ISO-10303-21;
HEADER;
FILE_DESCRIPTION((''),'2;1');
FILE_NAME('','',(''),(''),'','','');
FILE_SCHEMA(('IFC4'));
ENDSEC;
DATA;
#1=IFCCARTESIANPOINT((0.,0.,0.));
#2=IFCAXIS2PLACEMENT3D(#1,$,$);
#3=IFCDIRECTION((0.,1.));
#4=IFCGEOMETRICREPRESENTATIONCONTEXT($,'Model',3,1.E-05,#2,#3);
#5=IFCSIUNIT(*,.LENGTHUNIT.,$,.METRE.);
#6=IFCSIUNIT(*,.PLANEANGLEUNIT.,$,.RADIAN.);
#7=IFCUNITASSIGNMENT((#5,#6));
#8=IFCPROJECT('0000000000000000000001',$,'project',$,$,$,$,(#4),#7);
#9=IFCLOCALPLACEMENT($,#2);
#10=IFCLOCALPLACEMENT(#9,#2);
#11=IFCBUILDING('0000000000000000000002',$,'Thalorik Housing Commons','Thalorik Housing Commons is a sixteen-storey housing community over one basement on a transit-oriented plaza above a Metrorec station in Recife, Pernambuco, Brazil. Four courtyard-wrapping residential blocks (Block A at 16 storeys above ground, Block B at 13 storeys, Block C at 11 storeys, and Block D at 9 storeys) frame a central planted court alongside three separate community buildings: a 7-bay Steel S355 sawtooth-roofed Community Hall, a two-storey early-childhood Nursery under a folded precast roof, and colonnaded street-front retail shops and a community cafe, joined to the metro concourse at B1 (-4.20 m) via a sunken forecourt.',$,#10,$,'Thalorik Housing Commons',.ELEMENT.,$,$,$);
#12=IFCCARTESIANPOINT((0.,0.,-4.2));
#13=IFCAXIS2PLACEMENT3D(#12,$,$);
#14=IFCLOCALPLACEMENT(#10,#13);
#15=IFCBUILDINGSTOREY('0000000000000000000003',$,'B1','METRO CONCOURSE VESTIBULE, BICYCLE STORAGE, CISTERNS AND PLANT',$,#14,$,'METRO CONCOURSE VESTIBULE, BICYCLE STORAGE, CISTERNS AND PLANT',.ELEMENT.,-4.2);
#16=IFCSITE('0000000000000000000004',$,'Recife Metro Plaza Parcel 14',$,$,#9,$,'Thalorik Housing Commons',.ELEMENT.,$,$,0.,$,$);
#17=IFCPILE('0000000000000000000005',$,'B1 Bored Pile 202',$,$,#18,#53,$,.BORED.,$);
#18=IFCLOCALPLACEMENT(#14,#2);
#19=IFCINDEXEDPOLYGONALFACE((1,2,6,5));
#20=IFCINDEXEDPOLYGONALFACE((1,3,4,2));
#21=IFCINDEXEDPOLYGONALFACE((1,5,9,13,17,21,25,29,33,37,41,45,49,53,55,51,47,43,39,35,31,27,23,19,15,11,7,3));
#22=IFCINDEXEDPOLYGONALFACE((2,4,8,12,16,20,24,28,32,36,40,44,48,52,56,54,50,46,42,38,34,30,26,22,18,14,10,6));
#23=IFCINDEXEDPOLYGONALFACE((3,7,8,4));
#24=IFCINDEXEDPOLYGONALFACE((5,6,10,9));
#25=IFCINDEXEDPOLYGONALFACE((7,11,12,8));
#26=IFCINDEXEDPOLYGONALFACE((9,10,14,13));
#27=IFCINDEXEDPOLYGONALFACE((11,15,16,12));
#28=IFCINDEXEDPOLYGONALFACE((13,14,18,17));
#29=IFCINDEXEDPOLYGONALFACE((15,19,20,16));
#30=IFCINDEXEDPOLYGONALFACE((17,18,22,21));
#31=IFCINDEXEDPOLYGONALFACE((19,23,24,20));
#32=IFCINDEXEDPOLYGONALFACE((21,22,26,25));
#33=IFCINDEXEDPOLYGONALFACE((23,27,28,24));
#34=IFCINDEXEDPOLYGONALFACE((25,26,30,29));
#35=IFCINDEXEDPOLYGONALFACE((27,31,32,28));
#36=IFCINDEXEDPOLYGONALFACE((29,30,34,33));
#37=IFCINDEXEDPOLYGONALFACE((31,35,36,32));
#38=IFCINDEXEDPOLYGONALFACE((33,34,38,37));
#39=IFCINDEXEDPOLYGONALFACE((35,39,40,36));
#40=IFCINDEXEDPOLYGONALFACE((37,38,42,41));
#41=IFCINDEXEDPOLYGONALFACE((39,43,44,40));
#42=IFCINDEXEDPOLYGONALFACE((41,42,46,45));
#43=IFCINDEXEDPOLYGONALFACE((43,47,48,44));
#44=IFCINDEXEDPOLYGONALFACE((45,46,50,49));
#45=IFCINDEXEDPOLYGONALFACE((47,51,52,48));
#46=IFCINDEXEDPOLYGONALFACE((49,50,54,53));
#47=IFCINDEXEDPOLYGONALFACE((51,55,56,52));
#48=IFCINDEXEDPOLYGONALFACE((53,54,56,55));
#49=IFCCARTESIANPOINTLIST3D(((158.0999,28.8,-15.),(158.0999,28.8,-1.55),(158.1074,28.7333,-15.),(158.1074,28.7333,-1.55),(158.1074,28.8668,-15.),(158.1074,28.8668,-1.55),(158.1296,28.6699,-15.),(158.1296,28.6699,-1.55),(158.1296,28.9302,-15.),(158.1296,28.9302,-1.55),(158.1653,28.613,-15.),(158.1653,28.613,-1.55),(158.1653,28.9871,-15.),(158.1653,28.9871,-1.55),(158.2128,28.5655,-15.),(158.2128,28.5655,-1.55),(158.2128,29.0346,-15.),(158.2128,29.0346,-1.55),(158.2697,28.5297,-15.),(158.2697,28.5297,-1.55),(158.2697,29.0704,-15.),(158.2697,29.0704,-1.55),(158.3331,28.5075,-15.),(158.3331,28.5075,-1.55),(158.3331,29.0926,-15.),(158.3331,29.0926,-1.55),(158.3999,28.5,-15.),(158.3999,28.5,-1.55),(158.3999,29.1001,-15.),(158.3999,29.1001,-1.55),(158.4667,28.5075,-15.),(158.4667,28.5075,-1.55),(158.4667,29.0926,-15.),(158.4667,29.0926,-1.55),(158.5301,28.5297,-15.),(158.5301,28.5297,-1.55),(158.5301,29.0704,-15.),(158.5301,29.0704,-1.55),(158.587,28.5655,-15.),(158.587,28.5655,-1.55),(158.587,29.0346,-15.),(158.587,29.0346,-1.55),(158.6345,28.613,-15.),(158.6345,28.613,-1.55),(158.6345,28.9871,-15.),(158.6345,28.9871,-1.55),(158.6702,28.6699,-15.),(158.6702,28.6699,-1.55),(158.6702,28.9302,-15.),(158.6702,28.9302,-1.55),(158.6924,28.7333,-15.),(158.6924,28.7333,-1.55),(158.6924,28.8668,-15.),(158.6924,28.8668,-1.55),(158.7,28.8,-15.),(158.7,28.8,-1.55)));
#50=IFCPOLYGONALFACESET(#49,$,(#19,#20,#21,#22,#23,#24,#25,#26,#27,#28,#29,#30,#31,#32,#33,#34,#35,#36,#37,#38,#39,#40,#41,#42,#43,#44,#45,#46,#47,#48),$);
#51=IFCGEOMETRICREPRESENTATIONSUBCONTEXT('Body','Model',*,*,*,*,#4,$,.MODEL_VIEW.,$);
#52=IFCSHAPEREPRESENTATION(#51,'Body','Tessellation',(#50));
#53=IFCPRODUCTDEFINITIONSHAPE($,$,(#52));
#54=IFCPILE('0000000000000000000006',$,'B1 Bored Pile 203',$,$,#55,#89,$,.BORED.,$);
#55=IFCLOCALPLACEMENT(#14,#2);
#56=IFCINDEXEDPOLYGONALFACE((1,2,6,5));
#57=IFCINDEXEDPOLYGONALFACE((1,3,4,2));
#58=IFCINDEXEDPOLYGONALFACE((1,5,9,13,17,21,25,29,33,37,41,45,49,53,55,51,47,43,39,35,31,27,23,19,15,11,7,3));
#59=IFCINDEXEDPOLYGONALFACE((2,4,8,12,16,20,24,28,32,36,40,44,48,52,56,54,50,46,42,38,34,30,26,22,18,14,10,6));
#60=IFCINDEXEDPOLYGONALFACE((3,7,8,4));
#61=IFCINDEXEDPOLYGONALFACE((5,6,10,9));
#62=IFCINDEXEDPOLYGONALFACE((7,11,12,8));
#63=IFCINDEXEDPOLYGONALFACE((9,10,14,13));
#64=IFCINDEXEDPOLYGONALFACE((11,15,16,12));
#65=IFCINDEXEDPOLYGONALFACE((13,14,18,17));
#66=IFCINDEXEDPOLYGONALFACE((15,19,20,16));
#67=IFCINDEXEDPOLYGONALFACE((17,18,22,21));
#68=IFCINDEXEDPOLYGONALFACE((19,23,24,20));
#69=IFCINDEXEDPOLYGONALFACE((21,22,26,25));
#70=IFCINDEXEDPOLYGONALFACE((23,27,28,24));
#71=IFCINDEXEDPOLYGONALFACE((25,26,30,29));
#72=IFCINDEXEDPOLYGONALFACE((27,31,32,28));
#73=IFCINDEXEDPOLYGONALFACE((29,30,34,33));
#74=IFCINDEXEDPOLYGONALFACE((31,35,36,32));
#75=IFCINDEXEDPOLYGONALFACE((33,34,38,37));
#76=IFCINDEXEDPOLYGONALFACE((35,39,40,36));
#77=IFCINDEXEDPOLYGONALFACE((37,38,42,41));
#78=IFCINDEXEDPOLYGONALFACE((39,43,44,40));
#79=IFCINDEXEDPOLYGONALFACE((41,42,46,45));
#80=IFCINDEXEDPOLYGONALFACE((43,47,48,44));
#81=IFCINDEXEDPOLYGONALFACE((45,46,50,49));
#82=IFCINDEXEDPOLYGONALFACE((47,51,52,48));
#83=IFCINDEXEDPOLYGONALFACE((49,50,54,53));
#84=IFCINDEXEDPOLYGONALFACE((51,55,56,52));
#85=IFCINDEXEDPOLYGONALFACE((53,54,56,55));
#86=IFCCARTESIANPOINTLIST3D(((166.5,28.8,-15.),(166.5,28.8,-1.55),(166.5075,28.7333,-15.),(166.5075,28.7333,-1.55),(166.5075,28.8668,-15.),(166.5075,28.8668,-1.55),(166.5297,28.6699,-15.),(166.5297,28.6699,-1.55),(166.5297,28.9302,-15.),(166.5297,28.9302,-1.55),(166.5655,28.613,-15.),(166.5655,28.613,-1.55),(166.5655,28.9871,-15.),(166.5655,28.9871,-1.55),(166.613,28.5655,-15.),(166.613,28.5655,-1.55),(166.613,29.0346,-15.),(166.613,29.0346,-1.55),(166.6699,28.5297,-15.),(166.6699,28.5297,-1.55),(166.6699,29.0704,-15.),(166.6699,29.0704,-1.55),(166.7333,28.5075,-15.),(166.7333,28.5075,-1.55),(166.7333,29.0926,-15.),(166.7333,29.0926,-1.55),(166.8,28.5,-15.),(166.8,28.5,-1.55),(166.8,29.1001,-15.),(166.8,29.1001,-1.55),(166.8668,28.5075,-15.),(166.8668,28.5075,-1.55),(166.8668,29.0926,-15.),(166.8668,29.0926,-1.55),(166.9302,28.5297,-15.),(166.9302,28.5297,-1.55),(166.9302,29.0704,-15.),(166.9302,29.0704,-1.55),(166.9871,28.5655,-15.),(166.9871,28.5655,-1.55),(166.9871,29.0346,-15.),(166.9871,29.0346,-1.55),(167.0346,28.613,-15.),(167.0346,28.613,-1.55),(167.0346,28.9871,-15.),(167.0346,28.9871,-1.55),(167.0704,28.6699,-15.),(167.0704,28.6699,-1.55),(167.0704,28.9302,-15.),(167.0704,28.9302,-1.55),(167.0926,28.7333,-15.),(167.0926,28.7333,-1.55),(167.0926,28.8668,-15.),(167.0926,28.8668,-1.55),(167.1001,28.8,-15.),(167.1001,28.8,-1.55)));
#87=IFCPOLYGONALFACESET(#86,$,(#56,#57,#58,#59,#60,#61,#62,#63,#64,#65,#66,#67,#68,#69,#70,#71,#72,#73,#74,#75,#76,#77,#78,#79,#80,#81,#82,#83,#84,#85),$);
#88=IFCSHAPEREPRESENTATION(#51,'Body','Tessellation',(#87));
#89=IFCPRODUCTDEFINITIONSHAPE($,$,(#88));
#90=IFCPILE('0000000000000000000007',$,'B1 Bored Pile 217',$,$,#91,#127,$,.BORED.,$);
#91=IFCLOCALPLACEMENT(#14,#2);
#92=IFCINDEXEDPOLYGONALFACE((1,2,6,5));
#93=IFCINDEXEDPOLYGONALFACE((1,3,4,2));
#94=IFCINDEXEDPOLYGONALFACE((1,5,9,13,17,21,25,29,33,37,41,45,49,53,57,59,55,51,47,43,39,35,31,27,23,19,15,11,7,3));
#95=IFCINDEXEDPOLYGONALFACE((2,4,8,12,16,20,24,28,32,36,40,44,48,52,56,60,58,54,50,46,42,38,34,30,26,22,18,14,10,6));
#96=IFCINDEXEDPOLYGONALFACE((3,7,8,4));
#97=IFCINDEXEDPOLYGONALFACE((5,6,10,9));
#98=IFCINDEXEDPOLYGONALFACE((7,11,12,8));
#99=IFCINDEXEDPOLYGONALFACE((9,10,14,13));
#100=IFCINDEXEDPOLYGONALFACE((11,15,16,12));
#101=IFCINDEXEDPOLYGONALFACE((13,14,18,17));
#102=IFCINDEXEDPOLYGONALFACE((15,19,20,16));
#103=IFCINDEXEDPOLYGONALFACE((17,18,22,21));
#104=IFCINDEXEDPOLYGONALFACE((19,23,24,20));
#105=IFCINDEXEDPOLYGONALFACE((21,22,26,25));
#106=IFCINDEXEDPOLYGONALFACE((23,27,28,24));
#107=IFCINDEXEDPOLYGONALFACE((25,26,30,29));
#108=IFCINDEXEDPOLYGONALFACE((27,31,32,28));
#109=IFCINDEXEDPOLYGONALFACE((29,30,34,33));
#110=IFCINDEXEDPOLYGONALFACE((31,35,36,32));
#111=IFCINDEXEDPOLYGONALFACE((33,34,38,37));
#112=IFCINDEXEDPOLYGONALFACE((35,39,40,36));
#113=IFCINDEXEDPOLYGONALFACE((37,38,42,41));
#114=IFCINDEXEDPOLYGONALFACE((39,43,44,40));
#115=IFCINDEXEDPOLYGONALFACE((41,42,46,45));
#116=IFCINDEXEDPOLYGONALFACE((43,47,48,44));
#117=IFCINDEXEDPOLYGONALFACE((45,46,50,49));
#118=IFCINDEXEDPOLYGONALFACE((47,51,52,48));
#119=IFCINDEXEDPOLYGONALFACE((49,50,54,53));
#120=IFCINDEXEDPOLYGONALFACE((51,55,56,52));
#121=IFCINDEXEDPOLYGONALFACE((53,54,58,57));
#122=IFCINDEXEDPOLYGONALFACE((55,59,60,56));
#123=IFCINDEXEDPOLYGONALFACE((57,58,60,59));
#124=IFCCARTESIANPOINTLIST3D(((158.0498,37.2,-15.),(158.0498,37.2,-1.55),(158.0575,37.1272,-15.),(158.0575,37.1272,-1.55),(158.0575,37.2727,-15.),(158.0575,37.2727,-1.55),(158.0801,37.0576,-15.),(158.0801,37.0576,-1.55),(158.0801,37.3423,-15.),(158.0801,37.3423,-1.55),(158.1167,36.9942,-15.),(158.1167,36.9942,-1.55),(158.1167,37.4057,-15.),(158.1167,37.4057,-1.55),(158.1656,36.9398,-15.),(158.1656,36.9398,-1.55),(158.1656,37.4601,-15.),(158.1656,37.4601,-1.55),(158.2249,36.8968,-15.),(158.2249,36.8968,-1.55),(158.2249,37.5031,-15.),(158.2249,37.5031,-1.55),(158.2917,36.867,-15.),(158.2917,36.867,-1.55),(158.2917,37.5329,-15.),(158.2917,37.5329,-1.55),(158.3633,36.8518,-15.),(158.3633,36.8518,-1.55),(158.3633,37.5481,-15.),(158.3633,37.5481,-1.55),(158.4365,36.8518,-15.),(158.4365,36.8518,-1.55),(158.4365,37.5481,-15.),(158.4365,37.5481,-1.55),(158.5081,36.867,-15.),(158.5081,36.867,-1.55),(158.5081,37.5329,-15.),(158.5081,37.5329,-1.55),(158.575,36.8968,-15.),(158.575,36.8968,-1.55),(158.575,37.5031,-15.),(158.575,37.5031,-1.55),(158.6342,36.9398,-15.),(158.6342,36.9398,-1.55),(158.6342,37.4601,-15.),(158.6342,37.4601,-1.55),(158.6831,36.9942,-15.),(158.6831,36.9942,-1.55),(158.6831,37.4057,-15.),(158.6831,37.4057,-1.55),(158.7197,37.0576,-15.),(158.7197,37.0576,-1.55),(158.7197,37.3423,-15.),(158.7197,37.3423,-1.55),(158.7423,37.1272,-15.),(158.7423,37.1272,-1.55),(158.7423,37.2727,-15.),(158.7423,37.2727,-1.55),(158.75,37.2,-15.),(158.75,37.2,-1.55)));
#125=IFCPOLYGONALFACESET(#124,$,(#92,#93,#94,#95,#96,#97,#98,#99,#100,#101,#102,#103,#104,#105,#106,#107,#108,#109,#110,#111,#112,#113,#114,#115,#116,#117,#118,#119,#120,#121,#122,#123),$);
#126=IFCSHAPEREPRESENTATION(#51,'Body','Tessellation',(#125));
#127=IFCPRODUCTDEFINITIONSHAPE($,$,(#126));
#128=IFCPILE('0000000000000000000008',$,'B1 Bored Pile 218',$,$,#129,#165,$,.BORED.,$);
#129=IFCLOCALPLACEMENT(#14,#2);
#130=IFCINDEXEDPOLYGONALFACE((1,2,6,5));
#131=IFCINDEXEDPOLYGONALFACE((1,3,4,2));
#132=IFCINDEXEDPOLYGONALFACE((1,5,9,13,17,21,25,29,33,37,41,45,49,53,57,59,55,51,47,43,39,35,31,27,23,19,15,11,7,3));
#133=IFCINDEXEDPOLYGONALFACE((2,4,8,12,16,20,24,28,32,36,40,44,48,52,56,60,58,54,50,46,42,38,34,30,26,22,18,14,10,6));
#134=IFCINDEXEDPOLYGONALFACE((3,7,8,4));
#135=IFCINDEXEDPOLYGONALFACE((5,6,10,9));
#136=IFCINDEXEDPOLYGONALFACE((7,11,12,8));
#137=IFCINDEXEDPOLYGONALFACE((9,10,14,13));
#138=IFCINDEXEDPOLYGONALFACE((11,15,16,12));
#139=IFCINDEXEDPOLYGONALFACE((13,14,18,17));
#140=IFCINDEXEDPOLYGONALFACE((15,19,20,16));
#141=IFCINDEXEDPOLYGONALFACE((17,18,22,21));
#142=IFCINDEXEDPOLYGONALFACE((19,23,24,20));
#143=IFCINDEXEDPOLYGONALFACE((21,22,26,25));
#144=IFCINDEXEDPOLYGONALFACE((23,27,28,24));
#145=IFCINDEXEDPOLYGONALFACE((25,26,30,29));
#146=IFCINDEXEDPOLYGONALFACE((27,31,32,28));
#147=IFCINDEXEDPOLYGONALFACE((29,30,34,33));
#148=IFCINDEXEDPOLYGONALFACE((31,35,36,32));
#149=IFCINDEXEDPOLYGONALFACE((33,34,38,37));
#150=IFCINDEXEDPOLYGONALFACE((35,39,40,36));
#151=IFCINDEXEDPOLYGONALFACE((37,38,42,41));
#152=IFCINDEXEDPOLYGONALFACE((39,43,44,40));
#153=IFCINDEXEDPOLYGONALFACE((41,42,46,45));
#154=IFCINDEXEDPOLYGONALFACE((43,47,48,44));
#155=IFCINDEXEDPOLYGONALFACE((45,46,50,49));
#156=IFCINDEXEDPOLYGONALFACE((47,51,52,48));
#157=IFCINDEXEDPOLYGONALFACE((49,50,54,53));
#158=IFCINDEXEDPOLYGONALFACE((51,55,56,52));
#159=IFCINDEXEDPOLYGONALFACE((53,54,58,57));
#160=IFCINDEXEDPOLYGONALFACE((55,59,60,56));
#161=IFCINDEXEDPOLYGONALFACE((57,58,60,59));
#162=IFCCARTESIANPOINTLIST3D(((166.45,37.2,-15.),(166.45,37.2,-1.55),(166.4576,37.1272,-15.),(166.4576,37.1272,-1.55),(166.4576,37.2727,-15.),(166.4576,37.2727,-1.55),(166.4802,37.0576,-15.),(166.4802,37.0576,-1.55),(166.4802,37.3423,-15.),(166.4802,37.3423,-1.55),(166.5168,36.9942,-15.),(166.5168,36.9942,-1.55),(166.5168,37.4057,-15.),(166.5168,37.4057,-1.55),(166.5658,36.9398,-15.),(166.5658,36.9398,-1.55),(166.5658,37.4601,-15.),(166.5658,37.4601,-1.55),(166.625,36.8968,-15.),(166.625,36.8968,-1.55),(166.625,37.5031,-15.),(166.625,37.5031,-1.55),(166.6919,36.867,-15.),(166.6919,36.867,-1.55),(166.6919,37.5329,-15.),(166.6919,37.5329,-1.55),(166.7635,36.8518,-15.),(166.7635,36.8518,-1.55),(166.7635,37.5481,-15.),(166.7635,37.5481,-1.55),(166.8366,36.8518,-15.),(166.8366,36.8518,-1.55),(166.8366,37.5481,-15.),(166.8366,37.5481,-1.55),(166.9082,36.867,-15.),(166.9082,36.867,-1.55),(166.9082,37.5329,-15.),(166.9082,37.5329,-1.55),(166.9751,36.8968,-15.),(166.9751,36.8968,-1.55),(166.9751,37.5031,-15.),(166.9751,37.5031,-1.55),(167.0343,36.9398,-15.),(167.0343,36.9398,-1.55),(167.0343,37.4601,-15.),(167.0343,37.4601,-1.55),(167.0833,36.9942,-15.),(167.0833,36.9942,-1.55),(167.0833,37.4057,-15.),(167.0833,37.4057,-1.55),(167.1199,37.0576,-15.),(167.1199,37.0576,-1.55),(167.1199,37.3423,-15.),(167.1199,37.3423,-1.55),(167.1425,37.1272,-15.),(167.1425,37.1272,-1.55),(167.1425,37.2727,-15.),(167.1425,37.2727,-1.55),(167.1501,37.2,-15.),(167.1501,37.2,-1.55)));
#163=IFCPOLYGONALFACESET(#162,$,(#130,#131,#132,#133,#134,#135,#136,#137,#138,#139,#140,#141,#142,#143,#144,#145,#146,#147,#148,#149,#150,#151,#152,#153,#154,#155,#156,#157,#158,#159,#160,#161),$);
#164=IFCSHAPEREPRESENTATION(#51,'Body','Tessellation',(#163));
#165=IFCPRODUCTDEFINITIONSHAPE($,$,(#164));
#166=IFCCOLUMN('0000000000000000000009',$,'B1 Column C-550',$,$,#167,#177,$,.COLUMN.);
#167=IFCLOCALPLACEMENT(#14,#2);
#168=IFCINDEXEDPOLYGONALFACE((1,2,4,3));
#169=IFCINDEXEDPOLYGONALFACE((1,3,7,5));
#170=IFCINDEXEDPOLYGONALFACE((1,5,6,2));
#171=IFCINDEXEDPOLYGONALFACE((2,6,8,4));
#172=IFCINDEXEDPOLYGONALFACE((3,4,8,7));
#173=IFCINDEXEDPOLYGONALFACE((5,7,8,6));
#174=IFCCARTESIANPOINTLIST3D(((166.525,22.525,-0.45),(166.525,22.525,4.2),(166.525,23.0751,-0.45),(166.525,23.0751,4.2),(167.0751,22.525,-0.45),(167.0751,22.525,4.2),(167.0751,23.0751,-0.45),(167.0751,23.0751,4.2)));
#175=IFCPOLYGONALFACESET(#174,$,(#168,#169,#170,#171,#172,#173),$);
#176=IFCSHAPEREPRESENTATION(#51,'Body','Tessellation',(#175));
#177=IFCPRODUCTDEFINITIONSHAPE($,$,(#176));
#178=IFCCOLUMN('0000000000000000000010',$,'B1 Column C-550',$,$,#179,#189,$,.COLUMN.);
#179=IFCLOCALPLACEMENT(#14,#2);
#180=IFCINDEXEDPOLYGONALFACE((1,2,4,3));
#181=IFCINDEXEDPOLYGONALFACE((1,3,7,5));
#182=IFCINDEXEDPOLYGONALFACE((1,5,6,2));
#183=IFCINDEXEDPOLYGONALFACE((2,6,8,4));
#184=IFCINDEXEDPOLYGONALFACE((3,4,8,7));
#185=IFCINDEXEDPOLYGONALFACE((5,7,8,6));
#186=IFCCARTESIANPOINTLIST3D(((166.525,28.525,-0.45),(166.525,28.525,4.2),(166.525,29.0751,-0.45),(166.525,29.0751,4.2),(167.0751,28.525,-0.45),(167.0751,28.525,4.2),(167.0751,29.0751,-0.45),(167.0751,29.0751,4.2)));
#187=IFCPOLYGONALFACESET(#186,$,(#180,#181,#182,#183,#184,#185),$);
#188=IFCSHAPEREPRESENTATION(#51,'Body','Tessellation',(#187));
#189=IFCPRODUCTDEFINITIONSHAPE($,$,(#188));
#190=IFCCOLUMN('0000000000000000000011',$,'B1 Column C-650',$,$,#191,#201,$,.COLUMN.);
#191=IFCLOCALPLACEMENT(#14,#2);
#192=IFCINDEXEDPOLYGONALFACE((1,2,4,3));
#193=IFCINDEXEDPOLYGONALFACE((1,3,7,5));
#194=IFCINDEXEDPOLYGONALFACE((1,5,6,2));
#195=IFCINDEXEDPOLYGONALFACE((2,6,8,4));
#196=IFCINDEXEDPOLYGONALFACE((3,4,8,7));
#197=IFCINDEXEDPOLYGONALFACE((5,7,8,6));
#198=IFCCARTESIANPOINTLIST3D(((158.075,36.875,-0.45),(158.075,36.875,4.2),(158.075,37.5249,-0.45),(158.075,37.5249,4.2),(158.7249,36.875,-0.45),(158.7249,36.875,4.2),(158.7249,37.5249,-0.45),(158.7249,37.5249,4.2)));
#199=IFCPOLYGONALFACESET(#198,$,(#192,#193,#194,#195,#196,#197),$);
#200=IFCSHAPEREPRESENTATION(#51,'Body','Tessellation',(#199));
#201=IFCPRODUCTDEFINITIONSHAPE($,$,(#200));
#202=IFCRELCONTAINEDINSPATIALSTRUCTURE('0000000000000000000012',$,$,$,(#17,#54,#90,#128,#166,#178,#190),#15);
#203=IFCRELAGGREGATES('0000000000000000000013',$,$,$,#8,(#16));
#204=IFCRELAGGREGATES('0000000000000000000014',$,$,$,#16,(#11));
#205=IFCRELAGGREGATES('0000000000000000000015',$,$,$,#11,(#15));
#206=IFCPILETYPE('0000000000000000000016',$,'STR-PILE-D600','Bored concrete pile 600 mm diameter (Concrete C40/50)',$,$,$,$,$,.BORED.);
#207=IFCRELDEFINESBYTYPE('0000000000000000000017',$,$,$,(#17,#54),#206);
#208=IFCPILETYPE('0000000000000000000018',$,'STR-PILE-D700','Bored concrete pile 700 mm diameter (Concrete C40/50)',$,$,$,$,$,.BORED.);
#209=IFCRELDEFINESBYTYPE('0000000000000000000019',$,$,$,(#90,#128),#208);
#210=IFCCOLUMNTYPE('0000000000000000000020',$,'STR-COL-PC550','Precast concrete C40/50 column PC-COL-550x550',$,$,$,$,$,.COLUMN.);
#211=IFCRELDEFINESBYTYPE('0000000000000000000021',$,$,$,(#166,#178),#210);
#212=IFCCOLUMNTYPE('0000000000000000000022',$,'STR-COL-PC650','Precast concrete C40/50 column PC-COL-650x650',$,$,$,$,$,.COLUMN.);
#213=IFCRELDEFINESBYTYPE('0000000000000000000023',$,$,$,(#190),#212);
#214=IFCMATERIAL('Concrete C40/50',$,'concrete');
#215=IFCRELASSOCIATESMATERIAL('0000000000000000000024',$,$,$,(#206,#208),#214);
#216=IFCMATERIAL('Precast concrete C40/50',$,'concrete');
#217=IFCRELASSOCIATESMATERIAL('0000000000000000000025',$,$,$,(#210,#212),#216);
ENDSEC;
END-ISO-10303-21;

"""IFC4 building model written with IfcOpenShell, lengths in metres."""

from ifc_helpers import new_model, si_unit, direction, frame, origin, origin_2d, place, context, subcontext, project, spatial, rectangle, circle, extrude, material, material_profile, profile_set, type_object, element, save


model = new_model("IFC4")

# Units and contexts
model_context = context("Model", 3, precision=1e-05, world=origin(), true_north=direction((0.0, 1.0)))
body_context = subcontext(model_context, "Body", "Model", "MODEL_VIEW")
ifc_project = project(units=[si_unit("LENGTHUNIT", "METRE"), si_unit("PLANEANGLEUNIT", "RADIAN")], contexts=[model_context])

# Site, building, storey
site_placement = place(None, origin())
site = spatial("IfcSite", under=ifc_project, at=site_placement, Name="Recife Metro Plaza Parcel 14", LongName="Thalorik Housing Commons", CompositionType="ELEMENT", RefElevation=0.0)
building_placement = place(site_placement, origin())
building = spatial("IfcBuilding", under=site, at=building_placement, Name="Thalorik Housing Commons", Description="Thalorik Housing Commons is a sixteen-storey housing community over one basement on a transit-oriented plaza above a Metrorec station in Recife, Pernambuco, Brazil. Four courtyard-wrapping residential blocks (Block A at 16 storeys above ground, Block B at 13 storeys, Block C at 11 storeys, and Block D at 9 storeys) frame a central planted court alongside three separate community buildings: a 7-bay Steel S355 sawtooth-roofed Community Hall, a two-storey early-childhood Nursery under a folded precast roof, and colonnaded street-front retail shops and a community cafe, joined to the metro concourse at B1 (-4.20 m) via a sunken forecourt.", LongName="Thalorik Housing Commons", CompositionType="ELEMENT")
storey_placement = place(building_placement, frame((0.0, 0.0, -4.2)))
storey = spatial("IfcBuildingStorey", under=building, at=storey_placement, Name="B1", Description="METRO CONCOURSE VESTIBULE, BICYCLE STORAGE, CISTERNS AND PLANT", LongName="METRO CONCOURSE VESTIBULE, BICYCLE STORAGE, CISTERNS AND PLANT", CompositionType="ELEMENT", Elevation=-4.2)

# Shared definitions
ifc_material_1 = material(Name="Concrete C40/50", Category="concrete")

# Piles
ifc_material_profile_1 = material_profile(ifc_material_1, circle(Radius=0.3, at=origin_2d()), Name="BORED PILE D600", Category="concrete")
ifc_profile_set_1 = profile_set([ifc_material_profile_1], Name="Concrete C40/50")
pile_type_1 = type_object("IfcPileType", Name="STR-PILE-D600", Description="Bored concrete pile 600 mm diameter (Concrete C40/50)", PredefinedType="BORED", material=ifc_profile_set_1)
for number, where, z_axis, x_axis, name in (
    (1, (158.3999, 28.8, -1.55), (0.0, 0.0, -1.0), (1.0, 0.0, 0.0), "B1 Bored Pile 202"),
    (2, (166.8, 28.8, -1.55), (0.0, 0.0, -1.0), (1.0, 0.0, 0.0), "B1 Bored Pile 203"),
):
    element("IfcPile", number, at=place(storey_placement, frame(where, z_axis=z_axis, x_axis=x_axis)), inside=storey, type_object=pile_type_1, Name=name, PredefinedType="BORED", context=body_context, shape_type="SweptSolid", body=[
        extrude(circle(Radius=0.3, at=origin_2d()), origin(), (0.0, 0.0, 1.0), 13.45),
    ])
ifc_material_profile_2 = material_profile(ifc_material_1, circle(Radius=0.3501, at=origin_2d()), Name="BORED PILE D700", Category="concrete")
ifc_profile_set_2 = profile_set([ifc_material_profile_2], Name="Concrete C40/50")
pile_type_2 = type_object("IfcPileType", Name="STR-PILE-D700", Description="Bored concrete pile 700 mm diameter (Concrete C40/50)", PredefinedType="BORED", material=ifc_profile_set_2)
for number, where, z_axis, x_axis, name in (
    (3, (158.3999, 37.2, -1.55), (0.0, 0.0, -1.0), (1.0, 0.0, 0.0), "B1 Bored Pile 217"),
    (4, (166.8, 37.2, -1.55), (0.0, 0.0, -1.0), (1.0, 0.0, 0.0), "B1 Bored Pile 218"),
):
    element("IfcPile", number, at=place(storey_placement, frame(where, z_axis=z_axis, x_axis=x_axis)), inside=storey, type_object=pile_type_2, Name=name, PredefinedType="BORED", context=body_context, shape_type="SweptSolid", body=[
        extrude(circle(Radius=0.3501, at=origin_2d()), origin(), (0.0, 0.0, 1.0), 13.45),
    ])

# Columns
ifc_material_2 = material(Name="Precast concrete C40/50", Category="concrete")
ifc_material_profile_3 = material_profile(ifc_material_2, rectangle(XDim=0.55, YDim=0.55, at=origin_2d()), Name="PC 550x550", Category="concrete")
ifc_profile_set_3 = profile_set([ifc_material_profile_3], Name="Precast concrete C40/50")
column_type_1 = type_object("IfcColumnType", Name="STR-COL-PC550", Description="Precast concrete C40/50 column PC-COL-550x550", PredefinedType="COLUMN", material=ifc_profile_set_3)
for number, where, z_axis, x_axis, name in (
    (5, (166.8, 22.8, -0.45), (0.0, 0.0, 1.0), (1.0, 0.0, 0.0), "B1 Column C-550"),
    (6, (166.8, 28.8, -0.45), (0.0, 0.0, 1.0), (1.0, 0.0, 0.0), "B1 Column C-550"),
):
    element("IfcColumn", number, at=place(storey_placement, frame(where, z_axis=z_axis, x_axis=x_axis)), inside=storey, type_object=column_type_1, Name=name, PredefinedType="COLUMN", context=body_context, shape_type="SweptSolid", body=[
        extrude(rectangle(XDim=0.55, YDim=0.55, at=origin_2d()), origin(), (0.0, 0.0, 1.0), 4.6499),
    ])
ifc_material_profile_4 = material_profile(ifc_material_2, rectangle(XDim=0.6499, YDim=0.6499, at=origin_2d()), Name="PC 650x650", Category="concrete")
ifc_profile_set_4 = profile_set([ifc_material_profile_4], Name="Precast concrete C40/50")
column_type_2 = type_object("IfcColumnType", Name="STR-COL-PC650", Description="Precast concrete C40/50 column PC-COL-650x650", PredefinedType="COLUMN", material=ifc_profile_set_4)
for number, where, z_axis, x_axis, name in (
    (7, (158.3999, 37.2, -0.45), (0.0, 0.0, 1.0), (1.0, 0.0, 0.0), "B1 Column C-650"),
):
    element("IfcColumn", number, at=place(storey_placement, frame(where, z_axis=z_axis, x_axis=x_axis)), inside=storey, type_object=column_type_2, Name=name, PredefinedType="COLUMN", context=body_context, shape_type="SweptSolid", body=[
        extrude(rectangle(XDim=0.6499, YDim=0.6499, at=origin_2d()), origin(), (0.0, 0.0, 1.0), 4.6499),
    ])

save(model, "model.ifc")
